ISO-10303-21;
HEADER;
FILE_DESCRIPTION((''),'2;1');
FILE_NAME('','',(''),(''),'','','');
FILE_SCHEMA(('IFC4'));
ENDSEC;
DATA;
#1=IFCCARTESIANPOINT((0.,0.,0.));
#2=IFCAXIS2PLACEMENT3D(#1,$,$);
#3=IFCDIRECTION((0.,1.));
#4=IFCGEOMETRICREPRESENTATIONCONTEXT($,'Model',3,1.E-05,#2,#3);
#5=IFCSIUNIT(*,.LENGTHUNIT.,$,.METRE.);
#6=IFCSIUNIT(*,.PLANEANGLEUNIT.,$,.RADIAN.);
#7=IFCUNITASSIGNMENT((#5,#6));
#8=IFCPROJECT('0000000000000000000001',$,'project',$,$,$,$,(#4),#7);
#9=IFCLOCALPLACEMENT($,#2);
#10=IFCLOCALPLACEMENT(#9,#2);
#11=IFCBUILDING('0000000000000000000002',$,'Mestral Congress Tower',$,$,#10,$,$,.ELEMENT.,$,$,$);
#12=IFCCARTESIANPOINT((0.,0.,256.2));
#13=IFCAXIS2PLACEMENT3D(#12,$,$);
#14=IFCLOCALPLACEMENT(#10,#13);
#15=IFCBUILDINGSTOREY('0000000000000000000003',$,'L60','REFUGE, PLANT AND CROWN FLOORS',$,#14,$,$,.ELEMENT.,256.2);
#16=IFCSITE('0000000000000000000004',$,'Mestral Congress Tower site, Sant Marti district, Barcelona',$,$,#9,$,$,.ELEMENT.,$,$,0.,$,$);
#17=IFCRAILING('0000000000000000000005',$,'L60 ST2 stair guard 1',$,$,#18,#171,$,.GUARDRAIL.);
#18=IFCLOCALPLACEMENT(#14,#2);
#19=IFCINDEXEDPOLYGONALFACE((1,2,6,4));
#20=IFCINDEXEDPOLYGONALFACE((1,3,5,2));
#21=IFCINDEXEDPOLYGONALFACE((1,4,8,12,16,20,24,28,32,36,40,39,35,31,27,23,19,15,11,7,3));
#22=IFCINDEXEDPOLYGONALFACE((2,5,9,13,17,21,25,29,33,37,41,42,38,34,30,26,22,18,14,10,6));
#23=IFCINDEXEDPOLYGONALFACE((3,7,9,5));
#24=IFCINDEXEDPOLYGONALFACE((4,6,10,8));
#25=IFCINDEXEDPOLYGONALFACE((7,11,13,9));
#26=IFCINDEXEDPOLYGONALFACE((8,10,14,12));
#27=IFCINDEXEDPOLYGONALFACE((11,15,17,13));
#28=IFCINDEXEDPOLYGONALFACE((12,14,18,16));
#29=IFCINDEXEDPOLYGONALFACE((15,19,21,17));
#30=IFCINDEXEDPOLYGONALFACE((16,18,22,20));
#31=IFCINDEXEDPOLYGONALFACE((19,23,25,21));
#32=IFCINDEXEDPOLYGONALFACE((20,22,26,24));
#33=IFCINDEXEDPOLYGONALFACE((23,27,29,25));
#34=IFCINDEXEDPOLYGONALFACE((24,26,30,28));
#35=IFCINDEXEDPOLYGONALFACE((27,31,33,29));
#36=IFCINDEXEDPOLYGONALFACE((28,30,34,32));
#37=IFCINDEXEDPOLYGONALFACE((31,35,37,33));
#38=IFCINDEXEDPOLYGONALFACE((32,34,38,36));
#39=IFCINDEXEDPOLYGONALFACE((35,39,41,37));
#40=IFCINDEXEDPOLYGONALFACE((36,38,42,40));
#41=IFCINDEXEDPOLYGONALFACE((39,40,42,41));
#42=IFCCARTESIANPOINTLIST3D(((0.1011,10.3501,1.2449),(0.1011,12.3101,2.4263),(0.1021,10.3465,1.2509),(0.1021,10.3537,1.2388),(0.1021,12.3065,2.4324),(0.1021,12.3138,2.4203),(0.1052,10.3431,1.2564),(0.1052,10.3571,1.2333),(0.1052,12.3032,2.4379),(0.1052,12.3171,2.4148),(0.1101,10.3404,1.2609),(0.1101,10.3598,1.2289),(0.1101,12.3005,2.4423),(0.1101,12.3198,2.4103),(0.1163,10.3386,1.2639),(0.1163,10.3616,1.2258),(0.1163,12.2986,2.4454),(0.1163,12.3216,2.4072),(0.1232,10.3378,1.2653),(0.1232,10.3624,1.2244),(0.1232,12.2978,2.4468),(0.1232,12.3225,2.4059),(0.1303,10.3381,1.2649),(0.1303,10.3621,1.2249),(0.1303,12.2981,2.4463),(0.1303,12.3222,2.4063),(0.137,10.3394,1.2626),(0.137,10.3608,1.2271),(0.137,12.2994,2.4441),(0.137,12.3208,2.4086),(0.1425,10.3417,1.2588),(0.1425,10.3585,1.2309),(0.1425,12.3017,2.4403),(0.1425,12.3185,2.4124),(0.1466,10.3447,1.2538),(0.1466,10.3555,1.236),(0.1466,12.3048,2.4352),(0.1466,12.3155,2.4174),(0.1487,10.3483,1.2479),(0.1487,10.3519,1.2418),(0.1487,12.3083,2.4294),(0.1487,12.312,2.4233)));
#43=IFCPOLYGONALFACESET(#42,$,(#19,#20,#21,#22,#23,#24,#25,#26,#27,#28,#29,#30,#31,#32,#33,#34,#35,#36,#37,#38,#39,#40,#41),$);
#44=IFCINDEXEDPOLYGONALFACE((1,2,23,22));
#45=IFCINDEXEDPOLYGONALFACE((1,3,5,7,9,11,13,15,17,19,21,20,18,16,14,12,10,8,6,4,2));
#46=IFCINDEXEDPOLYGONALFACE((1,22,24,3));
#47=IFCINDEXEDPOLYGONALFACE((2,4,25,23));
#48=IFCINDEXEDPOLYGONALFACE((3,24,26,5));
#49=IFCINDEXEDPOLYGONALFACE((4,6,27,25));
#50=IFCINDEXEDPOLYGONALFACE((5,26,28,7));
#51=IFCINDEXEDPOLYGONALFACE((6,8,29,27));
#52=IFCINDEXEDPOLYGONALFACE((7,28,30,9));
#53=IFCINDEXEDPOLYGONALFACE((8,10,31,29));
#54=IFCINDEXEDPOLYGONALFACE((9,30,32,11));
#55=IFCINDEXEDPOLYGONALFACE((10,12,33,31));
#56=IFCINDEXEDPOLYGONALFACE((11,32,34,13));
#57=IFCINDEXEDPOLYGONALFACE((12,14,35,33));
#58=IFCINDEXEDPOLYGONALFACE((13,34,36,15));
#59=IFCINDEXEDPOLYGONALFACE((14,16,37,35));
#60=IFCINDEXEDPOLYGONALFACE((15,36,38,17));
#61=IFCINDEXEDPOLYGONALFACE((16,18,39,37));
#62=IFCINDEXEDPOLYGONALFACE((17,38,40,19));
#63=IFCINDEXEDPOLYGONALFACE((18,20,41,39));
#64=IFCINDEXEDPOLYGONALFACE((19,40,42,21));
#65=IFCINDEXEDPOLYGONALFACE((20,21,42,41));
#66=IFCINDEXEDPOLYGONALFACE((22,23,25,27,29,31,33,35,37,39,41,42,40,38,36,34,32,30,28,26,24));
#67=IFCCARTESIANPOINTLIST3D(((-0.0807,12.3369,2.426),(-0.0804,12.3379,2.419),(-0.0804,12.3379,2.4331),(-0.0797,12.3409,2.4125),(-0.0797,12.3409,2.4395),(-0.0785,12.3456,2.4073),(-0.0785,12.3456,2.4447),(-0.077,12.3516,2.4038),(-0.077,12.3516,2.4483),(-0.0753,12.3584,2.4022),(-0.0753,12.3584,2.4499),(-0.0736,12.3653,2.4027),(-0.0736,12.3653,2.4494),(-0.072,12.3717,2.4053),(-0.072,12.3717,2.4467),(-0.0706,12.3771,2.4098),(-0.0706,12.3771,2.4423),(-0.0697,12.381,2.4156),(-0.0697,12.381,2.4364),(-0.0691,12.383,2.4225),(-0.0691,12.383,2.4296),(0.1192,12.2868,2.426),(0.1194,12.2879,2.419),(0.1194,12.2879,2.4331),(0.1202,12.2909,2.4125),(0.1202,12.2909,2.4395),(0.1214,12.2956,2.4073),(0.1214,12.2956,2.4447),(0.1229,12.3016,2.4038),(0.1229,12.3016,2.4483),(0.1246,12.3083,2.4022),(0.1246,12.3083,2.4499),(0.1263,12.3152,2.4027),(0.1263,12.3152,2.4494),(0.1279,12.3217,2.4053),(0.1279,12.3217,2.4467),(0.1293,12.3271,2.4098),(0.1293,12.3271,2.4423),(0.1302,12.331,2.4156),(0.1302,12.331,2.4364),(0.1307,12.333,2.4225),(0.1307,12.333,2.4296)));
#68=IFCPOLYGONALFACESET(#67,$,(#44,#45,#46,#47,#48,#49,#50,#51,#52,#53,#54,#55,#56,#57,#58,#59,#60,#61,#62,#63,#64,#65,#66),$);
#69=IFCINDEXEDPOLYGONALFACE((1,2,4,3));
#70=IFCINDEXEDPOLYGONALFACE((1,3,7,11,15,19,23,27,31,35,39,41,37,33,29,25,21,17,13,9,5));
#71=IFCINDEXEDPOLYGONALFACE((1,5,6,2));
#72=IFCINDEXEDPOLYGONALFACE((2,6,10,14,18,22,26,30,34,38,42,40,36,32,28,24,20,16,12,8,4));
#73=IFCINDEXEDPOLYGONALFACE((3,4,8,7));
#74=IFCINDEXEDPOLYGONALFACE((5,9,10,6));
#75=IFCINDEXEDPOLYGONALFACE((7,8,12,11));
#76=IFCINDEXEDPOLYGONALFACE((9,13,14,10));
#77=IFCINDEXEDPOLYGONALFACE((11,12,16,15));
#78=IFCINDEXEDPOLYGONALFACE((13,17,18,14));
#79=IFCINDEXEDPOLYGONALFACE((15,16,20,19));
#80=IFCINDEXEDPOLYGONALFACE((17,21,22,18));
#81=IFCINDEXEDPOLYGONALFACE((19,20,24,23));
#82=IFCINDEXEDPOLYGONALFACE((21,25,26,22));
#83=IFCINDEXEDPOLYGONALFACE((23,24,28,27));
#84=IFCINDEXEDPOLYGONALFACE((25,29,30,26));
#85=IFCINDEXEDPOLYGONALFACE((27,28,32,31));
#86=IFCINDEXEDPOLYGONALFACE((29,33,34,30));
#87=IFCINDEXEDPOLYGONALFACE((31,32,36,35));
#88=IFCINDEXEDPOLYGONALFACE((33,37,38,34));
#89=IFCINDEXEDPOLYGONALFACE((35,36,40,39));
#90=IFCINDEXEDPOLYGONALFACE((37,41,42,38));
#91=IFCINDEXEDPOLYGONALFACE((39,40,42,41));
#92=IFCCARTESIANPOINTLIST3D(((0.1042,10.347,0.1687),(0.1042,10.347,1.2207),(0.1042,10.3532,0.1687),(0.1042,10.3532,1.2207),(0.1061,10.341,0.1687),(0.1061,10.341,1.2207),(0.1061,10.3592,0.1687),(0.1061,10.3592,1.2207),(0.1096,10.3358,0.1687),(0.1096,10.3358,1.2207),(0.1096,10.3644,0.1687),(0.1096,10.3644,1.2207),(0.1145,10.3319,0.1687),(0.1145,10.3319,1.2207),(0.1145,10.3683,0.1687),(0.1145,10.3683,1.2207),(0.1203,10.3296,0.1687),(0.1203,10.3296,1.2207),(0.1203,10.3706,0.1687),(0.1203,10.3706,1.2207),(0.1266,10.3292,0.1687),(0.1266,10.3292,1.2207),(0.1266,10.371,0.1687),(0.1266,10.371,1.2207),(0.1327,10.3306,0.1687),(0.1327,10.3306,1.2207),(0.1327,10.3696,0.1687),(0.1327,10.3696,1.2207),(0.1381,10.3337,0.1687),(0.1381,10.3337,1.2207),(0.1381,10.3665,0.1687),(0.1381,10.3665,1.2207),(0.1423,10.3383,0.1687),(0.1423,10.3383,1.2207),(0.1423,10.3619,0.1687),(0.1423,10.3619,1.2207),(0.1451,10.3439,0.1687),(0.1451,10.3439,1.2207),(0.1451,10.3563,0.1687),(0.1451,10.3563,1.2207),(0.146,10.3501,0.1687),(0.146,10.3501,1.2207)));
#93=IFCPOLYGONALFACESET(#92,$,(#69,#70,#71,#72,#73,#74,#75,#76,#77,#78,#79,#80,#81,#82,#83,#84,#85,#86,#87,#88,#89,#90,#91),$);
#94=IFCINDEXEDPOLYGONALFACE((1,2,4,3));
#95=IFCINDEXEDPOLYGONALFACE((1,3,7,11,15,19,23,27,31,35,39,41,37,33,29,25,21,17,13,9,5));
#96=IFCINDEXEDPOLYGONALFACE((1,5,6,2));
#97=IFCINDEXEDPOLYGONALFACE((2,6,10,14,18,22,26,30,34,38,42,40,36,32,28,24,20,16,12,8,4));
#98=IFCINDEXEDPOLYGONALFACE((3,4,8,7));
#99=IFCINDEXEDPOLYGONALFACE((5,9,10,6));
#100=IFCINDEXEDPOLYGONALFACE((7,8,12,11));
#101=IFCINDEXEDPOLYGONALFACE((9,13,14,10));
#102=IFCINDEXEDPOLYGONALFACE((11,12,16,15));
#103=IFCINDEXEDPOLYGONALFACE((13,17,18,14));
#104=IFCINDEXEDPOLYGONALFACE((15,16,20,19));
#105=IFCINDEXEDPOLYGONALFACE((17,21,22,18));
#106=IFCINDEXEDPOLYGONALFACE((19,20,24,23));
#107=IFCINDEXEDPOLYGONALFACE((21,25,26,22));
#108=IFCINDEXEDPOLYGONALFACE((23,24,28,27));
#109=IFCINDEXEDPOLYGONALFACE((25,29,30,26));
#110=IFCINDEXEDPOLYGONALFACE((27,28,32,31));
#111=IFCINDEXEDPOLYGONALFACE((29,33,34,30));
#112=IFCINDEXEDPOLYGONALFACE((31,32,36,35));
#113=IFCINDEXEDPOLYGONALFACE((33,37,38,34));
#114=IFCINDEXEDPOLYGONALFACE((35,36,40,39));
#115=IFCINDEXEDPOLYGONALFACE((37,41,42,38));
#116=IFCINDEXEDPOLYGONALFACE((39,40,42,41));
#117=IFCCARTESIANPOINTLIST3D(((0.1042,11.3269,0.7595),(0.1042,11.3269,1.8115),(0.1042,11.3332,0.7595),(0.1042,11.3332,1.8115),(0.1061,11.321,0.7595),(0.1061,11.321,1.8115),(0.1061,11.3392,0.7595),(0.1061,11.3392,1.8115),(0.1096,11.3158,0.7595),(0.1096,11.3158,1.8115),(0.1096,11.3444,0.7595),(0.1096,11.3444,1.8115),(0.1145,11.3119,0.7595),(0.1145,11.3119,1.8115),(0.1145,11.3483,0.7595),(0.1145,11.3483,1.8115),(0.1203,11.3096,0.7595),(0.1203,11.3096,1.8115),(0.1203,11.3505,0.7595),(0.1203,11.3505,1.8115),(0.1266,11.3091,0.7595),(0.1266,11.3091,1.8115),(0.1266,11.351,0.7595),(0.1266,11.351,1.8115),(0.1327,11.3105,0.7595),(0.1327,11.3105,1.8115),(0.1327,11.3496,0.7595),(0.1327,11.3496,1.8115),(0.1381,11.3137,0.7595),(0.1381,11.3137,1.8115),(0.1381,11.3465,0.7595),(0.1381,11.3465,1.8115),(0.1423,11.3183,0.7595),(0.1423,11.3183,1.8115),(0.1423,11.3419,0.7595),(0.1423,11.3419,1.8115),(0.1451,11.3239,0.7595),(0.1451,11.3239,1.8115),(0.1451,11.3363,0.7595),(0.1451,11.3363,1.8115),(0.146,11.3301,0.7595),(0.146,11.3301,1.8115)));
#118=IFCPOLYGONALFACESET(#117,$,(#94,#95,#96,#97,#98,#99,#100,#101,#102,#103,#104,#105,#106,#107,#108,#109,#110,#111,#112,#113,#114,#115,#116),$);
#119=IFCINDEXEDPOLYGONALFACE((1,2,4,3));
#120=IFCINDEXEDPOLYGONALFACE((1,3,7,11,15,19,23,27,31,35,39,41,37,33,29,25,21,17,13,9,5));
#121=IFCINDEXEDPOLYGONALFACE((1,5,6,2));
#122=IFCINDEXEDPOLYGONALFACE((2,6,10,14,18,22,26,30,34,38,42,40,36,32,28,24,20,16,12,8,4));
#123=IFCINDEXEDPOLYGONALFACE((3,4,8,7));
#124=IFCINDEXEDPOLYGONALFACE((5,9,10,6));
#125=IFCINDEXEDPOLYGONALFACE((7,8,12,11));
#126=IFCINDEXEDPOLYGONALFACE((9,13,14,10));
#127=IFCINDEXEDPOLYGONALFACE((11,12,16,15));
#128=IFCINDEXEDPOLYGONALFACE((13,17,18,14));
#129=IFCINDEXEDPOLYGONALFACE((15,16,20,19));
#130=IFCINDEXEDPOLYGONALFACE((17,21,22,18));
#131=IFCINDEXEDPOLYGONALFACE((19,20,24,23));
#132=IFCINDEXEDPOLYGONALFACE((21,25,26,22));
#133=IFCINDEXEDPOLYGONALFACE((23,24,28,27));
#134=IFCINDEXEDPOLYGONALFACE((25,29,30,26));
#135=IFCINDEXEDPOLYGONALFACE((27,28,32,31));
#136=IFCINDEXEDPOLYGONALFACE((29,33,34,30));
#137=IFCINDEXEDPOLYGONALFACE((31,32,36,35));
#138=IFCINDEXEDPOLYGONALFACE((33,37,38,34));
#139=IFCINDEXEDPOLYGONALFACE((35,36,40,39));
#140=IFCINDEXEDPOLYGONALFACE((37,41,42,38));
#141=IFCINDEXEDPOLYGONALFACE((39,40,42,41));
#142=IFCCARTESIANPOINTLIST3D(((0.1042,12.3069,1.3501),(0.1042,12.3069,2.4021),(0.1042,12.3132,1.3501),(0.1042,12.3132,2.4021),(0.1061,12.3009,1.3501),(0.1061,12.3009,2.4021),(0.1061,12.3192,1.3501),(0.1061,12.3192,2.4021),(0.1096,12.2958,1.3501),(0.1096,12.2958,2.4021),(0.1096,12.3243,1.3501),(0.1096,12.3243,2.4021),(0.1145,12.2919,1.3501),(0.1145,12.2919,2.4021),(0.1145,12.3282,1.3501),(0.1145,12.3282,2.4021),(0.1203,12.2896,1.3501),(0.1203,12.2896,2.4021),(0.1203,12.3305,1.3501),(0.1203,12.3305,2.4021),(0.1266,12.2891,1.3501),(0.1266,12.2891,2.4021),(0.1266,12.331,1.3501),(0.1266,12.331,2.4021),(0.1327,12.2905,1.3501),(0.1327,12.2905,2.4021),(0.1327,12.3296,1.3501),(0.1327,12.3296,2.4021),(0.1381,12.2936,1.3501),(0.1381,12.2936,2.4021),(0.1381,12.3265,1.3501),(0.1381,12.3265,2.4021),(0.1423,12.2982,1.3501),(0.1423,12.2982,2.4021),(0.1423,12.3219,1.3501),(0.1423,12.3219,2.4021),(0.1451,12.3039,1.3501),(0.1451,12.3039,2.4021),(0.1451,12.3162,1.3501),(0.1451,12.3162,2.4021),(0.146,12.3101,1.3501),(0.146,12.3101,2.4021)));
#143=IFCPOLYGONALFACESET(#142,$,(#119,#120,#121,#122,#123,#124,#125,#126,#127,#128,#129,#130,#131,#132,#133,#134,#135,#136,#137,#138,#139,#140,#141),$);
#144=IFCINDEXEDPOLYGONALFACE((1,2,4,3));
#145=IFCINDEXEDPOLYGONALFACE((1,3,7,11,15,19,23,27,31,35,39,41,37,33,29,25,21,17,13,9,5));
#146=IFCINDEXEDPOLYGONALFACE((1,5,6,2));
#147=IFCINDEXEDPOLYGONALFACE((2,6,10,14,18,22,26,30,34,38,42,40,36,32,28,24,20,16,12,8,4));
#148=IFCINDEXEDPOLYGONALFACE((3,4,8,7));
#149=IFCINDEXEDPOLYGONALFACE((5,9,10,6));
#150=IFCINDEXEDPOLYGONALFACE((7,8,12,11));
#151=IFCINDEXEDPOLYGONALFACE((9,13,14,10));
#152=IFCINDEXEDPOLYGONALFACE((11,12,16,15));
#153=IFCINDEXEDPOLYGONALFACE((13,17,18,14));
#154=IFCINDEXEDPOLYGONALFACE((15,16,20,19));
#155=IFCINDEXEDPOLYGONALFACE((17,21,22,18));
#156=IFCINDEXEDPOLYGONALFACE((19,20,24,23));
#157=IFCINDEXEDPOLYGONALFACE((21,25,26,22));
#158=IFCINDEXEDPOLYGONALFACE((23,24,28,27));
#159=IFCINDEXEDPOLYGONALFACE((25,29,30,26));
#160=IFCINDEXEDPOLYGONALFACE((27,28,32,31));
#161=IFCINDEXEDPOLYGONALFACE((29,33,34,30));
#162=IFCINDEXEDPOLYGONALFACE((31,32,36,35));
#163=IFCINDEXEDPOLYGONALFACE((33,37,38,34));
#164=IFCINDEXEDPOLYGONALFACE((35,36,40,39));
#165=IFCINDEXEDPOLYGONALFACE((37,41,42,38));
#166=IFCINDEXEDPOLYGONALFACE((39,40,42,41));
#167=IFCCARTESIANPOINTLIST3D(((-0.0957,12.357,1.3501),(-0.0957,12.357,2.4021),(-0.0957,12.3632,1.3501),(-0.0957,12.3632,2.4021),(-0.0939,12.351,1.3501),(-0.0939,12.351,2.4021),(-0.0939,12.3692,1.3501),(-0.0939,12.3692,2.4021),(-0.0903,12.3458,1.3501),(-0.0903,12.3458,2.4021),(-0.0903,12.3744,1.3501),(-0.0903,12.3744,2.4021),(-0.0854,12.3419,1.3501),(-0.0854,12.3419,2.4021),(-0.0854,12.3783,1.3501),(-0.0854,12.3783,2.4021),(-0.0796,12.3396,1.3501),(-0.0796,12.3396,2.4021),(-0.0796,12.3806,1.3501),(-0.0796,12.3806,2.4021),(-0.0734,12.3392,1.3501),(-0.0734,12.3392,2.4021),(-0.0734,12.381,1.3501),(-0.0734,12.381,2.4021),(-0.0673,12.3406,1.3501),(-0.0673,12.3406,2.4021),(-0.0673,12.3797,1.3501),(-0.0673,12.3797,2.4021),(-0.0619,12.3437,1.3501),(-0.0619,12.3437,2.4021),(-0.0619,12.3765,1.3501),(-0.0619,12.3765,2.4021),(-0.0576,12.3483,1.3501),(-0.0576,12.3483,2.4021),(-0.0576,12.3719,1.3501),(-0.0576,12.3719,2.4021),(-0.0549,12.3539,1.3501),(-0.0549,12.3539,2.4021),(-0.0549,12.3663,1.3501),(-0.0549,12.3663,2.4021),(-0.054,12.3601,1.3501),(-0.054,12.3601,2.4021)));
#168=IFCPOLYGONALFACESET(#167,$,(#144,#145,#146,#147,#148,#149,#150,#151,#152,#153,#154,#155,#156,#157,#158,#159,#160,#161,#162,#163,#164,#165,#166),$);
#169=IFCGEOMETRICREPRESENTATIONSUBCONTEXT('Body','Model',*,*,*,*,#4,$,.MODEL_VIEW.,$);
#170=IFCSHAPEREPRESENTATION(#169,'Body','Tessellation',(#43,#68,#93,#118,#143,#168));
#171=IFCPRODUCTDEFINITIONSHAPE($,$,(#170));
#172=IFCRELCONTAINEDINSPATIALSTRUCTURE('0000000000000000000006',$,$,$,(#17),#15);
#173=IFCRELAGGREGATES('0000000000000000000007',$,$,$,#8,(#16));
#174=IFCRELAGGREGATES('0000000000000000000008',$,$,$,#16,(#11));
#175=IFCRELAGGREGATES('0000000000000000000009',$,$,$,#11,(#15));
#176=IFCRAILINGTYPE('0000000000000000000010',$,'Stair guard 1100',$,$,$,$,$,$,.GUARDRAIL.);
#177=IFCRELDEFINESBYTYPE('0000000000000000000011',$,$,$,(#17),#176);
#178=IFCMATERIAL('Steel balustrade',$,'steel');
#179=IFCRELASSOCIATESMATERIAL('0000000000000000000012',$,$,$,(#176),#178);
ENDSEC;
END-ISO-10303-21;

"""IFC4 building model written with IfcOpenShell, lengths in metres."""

from ifc_helpers import new_model, si_unit, direction, frame, origin, origin_2d, place, context, subcontext, project, spatial, circle, extrude, material, type_object, element, save


model = new_model("IFC4")

# Units and contexts
model_context = context("Model", 3, precision=1e-05, world=origin(), true_north=direction((0.0, 1.0)))
body_context = subcontext(model_context, "Body", "Model", "MODEL_VIEW")
ifc_project = project(units=[si_unit("LENGTHUNIT", "METRE"), si_unit("PLANEANGLEUNIT", "RADIAN")], contexts=[model_context])

# Site, building, storey
site_placement = place(None, origin())
site = spatial("IfcSite", under=ifc_project, at=site_placement, Name="Mestral Congress Tower site, Sant Marti district, Barcelona", CompositionType="ELEMENT", RefElevation=0.0)
building_placement = place(site_placement, origin())
building = spatial("IfcBuilding", under=site, at=building_placement, Name="Mestral Congress Tower", CompositionType="ELEMENT")
storey_placement = place(building_placement, frame((0.0, 0.0, 256.2)))
storey = spatial("IfcBuildingStorey", under=building, at=storey_placement, Name="L60", Description="REFUGE, PLANT AND CROWN FLOORS", CompositionType="ELEMENT", Elevation=256.2)

# Railing
ifc_material_1 = material(Name="Steel balustrade", Category="steel")
railing_type = type_object("IfcRailingType", Name="Stair guard 1100", PredefinedType="GUARDRAIL", material=ifc_material_1)
railing_1_placement = place(storey_placement, frame((0.125, 10.3501, 0.1687)))
element("IfcRailing", 1, at=railing_1_placement, inside=storey, type_object=railing_type, Name="L60 ST2 stair guard 1", PredefinedType="GUARDRAIL", context=body_context, shape_type="SweptSolid", body=[
    extrude(circle(Radius=0.0239, at=origin_2d()), frame((0.0, 0.0, 1.0762), z_axis=(0.0, 0.856446, 0.516236), x_axis=(-1.0, 0.0, 0.0)), (0.0, 0.0, 1.0), 2.2886),
    extrude(circle(Radius=0.0239, at=origin_2d()), frame((0.0, 1.96, 2.2573), z_axis=(-0.970073, 0.242814, 0.0), x_axis=(-0.242814, -0.970073, 0.0)), (0.0, 0.0, 1.0), 0.2061),
    extrude(circle(Radius=0.021, at=origin_2d()), origin(), (0.0, 0.0, 1.0), 1.052),
    extrude(circle(Radius=0.021, at=origin_2d()), frame((0.0, 0.98, 0.5908)), (0.0, 0.0, 1.0), 1.052),
    extrude(circle(Radius=0.021, at=origin_2d()), frame((0.0, 1.96, 1.1814)), (0.0, 0.0, 1.0), 1.052),
    extrude(circle(Radius=0.021, at=origin_2d()), frame((-0.2, 2.01, 1.1814)), (0.0, 0.0, 1.0), 1.052),
])

save(model, "model.ifc")
